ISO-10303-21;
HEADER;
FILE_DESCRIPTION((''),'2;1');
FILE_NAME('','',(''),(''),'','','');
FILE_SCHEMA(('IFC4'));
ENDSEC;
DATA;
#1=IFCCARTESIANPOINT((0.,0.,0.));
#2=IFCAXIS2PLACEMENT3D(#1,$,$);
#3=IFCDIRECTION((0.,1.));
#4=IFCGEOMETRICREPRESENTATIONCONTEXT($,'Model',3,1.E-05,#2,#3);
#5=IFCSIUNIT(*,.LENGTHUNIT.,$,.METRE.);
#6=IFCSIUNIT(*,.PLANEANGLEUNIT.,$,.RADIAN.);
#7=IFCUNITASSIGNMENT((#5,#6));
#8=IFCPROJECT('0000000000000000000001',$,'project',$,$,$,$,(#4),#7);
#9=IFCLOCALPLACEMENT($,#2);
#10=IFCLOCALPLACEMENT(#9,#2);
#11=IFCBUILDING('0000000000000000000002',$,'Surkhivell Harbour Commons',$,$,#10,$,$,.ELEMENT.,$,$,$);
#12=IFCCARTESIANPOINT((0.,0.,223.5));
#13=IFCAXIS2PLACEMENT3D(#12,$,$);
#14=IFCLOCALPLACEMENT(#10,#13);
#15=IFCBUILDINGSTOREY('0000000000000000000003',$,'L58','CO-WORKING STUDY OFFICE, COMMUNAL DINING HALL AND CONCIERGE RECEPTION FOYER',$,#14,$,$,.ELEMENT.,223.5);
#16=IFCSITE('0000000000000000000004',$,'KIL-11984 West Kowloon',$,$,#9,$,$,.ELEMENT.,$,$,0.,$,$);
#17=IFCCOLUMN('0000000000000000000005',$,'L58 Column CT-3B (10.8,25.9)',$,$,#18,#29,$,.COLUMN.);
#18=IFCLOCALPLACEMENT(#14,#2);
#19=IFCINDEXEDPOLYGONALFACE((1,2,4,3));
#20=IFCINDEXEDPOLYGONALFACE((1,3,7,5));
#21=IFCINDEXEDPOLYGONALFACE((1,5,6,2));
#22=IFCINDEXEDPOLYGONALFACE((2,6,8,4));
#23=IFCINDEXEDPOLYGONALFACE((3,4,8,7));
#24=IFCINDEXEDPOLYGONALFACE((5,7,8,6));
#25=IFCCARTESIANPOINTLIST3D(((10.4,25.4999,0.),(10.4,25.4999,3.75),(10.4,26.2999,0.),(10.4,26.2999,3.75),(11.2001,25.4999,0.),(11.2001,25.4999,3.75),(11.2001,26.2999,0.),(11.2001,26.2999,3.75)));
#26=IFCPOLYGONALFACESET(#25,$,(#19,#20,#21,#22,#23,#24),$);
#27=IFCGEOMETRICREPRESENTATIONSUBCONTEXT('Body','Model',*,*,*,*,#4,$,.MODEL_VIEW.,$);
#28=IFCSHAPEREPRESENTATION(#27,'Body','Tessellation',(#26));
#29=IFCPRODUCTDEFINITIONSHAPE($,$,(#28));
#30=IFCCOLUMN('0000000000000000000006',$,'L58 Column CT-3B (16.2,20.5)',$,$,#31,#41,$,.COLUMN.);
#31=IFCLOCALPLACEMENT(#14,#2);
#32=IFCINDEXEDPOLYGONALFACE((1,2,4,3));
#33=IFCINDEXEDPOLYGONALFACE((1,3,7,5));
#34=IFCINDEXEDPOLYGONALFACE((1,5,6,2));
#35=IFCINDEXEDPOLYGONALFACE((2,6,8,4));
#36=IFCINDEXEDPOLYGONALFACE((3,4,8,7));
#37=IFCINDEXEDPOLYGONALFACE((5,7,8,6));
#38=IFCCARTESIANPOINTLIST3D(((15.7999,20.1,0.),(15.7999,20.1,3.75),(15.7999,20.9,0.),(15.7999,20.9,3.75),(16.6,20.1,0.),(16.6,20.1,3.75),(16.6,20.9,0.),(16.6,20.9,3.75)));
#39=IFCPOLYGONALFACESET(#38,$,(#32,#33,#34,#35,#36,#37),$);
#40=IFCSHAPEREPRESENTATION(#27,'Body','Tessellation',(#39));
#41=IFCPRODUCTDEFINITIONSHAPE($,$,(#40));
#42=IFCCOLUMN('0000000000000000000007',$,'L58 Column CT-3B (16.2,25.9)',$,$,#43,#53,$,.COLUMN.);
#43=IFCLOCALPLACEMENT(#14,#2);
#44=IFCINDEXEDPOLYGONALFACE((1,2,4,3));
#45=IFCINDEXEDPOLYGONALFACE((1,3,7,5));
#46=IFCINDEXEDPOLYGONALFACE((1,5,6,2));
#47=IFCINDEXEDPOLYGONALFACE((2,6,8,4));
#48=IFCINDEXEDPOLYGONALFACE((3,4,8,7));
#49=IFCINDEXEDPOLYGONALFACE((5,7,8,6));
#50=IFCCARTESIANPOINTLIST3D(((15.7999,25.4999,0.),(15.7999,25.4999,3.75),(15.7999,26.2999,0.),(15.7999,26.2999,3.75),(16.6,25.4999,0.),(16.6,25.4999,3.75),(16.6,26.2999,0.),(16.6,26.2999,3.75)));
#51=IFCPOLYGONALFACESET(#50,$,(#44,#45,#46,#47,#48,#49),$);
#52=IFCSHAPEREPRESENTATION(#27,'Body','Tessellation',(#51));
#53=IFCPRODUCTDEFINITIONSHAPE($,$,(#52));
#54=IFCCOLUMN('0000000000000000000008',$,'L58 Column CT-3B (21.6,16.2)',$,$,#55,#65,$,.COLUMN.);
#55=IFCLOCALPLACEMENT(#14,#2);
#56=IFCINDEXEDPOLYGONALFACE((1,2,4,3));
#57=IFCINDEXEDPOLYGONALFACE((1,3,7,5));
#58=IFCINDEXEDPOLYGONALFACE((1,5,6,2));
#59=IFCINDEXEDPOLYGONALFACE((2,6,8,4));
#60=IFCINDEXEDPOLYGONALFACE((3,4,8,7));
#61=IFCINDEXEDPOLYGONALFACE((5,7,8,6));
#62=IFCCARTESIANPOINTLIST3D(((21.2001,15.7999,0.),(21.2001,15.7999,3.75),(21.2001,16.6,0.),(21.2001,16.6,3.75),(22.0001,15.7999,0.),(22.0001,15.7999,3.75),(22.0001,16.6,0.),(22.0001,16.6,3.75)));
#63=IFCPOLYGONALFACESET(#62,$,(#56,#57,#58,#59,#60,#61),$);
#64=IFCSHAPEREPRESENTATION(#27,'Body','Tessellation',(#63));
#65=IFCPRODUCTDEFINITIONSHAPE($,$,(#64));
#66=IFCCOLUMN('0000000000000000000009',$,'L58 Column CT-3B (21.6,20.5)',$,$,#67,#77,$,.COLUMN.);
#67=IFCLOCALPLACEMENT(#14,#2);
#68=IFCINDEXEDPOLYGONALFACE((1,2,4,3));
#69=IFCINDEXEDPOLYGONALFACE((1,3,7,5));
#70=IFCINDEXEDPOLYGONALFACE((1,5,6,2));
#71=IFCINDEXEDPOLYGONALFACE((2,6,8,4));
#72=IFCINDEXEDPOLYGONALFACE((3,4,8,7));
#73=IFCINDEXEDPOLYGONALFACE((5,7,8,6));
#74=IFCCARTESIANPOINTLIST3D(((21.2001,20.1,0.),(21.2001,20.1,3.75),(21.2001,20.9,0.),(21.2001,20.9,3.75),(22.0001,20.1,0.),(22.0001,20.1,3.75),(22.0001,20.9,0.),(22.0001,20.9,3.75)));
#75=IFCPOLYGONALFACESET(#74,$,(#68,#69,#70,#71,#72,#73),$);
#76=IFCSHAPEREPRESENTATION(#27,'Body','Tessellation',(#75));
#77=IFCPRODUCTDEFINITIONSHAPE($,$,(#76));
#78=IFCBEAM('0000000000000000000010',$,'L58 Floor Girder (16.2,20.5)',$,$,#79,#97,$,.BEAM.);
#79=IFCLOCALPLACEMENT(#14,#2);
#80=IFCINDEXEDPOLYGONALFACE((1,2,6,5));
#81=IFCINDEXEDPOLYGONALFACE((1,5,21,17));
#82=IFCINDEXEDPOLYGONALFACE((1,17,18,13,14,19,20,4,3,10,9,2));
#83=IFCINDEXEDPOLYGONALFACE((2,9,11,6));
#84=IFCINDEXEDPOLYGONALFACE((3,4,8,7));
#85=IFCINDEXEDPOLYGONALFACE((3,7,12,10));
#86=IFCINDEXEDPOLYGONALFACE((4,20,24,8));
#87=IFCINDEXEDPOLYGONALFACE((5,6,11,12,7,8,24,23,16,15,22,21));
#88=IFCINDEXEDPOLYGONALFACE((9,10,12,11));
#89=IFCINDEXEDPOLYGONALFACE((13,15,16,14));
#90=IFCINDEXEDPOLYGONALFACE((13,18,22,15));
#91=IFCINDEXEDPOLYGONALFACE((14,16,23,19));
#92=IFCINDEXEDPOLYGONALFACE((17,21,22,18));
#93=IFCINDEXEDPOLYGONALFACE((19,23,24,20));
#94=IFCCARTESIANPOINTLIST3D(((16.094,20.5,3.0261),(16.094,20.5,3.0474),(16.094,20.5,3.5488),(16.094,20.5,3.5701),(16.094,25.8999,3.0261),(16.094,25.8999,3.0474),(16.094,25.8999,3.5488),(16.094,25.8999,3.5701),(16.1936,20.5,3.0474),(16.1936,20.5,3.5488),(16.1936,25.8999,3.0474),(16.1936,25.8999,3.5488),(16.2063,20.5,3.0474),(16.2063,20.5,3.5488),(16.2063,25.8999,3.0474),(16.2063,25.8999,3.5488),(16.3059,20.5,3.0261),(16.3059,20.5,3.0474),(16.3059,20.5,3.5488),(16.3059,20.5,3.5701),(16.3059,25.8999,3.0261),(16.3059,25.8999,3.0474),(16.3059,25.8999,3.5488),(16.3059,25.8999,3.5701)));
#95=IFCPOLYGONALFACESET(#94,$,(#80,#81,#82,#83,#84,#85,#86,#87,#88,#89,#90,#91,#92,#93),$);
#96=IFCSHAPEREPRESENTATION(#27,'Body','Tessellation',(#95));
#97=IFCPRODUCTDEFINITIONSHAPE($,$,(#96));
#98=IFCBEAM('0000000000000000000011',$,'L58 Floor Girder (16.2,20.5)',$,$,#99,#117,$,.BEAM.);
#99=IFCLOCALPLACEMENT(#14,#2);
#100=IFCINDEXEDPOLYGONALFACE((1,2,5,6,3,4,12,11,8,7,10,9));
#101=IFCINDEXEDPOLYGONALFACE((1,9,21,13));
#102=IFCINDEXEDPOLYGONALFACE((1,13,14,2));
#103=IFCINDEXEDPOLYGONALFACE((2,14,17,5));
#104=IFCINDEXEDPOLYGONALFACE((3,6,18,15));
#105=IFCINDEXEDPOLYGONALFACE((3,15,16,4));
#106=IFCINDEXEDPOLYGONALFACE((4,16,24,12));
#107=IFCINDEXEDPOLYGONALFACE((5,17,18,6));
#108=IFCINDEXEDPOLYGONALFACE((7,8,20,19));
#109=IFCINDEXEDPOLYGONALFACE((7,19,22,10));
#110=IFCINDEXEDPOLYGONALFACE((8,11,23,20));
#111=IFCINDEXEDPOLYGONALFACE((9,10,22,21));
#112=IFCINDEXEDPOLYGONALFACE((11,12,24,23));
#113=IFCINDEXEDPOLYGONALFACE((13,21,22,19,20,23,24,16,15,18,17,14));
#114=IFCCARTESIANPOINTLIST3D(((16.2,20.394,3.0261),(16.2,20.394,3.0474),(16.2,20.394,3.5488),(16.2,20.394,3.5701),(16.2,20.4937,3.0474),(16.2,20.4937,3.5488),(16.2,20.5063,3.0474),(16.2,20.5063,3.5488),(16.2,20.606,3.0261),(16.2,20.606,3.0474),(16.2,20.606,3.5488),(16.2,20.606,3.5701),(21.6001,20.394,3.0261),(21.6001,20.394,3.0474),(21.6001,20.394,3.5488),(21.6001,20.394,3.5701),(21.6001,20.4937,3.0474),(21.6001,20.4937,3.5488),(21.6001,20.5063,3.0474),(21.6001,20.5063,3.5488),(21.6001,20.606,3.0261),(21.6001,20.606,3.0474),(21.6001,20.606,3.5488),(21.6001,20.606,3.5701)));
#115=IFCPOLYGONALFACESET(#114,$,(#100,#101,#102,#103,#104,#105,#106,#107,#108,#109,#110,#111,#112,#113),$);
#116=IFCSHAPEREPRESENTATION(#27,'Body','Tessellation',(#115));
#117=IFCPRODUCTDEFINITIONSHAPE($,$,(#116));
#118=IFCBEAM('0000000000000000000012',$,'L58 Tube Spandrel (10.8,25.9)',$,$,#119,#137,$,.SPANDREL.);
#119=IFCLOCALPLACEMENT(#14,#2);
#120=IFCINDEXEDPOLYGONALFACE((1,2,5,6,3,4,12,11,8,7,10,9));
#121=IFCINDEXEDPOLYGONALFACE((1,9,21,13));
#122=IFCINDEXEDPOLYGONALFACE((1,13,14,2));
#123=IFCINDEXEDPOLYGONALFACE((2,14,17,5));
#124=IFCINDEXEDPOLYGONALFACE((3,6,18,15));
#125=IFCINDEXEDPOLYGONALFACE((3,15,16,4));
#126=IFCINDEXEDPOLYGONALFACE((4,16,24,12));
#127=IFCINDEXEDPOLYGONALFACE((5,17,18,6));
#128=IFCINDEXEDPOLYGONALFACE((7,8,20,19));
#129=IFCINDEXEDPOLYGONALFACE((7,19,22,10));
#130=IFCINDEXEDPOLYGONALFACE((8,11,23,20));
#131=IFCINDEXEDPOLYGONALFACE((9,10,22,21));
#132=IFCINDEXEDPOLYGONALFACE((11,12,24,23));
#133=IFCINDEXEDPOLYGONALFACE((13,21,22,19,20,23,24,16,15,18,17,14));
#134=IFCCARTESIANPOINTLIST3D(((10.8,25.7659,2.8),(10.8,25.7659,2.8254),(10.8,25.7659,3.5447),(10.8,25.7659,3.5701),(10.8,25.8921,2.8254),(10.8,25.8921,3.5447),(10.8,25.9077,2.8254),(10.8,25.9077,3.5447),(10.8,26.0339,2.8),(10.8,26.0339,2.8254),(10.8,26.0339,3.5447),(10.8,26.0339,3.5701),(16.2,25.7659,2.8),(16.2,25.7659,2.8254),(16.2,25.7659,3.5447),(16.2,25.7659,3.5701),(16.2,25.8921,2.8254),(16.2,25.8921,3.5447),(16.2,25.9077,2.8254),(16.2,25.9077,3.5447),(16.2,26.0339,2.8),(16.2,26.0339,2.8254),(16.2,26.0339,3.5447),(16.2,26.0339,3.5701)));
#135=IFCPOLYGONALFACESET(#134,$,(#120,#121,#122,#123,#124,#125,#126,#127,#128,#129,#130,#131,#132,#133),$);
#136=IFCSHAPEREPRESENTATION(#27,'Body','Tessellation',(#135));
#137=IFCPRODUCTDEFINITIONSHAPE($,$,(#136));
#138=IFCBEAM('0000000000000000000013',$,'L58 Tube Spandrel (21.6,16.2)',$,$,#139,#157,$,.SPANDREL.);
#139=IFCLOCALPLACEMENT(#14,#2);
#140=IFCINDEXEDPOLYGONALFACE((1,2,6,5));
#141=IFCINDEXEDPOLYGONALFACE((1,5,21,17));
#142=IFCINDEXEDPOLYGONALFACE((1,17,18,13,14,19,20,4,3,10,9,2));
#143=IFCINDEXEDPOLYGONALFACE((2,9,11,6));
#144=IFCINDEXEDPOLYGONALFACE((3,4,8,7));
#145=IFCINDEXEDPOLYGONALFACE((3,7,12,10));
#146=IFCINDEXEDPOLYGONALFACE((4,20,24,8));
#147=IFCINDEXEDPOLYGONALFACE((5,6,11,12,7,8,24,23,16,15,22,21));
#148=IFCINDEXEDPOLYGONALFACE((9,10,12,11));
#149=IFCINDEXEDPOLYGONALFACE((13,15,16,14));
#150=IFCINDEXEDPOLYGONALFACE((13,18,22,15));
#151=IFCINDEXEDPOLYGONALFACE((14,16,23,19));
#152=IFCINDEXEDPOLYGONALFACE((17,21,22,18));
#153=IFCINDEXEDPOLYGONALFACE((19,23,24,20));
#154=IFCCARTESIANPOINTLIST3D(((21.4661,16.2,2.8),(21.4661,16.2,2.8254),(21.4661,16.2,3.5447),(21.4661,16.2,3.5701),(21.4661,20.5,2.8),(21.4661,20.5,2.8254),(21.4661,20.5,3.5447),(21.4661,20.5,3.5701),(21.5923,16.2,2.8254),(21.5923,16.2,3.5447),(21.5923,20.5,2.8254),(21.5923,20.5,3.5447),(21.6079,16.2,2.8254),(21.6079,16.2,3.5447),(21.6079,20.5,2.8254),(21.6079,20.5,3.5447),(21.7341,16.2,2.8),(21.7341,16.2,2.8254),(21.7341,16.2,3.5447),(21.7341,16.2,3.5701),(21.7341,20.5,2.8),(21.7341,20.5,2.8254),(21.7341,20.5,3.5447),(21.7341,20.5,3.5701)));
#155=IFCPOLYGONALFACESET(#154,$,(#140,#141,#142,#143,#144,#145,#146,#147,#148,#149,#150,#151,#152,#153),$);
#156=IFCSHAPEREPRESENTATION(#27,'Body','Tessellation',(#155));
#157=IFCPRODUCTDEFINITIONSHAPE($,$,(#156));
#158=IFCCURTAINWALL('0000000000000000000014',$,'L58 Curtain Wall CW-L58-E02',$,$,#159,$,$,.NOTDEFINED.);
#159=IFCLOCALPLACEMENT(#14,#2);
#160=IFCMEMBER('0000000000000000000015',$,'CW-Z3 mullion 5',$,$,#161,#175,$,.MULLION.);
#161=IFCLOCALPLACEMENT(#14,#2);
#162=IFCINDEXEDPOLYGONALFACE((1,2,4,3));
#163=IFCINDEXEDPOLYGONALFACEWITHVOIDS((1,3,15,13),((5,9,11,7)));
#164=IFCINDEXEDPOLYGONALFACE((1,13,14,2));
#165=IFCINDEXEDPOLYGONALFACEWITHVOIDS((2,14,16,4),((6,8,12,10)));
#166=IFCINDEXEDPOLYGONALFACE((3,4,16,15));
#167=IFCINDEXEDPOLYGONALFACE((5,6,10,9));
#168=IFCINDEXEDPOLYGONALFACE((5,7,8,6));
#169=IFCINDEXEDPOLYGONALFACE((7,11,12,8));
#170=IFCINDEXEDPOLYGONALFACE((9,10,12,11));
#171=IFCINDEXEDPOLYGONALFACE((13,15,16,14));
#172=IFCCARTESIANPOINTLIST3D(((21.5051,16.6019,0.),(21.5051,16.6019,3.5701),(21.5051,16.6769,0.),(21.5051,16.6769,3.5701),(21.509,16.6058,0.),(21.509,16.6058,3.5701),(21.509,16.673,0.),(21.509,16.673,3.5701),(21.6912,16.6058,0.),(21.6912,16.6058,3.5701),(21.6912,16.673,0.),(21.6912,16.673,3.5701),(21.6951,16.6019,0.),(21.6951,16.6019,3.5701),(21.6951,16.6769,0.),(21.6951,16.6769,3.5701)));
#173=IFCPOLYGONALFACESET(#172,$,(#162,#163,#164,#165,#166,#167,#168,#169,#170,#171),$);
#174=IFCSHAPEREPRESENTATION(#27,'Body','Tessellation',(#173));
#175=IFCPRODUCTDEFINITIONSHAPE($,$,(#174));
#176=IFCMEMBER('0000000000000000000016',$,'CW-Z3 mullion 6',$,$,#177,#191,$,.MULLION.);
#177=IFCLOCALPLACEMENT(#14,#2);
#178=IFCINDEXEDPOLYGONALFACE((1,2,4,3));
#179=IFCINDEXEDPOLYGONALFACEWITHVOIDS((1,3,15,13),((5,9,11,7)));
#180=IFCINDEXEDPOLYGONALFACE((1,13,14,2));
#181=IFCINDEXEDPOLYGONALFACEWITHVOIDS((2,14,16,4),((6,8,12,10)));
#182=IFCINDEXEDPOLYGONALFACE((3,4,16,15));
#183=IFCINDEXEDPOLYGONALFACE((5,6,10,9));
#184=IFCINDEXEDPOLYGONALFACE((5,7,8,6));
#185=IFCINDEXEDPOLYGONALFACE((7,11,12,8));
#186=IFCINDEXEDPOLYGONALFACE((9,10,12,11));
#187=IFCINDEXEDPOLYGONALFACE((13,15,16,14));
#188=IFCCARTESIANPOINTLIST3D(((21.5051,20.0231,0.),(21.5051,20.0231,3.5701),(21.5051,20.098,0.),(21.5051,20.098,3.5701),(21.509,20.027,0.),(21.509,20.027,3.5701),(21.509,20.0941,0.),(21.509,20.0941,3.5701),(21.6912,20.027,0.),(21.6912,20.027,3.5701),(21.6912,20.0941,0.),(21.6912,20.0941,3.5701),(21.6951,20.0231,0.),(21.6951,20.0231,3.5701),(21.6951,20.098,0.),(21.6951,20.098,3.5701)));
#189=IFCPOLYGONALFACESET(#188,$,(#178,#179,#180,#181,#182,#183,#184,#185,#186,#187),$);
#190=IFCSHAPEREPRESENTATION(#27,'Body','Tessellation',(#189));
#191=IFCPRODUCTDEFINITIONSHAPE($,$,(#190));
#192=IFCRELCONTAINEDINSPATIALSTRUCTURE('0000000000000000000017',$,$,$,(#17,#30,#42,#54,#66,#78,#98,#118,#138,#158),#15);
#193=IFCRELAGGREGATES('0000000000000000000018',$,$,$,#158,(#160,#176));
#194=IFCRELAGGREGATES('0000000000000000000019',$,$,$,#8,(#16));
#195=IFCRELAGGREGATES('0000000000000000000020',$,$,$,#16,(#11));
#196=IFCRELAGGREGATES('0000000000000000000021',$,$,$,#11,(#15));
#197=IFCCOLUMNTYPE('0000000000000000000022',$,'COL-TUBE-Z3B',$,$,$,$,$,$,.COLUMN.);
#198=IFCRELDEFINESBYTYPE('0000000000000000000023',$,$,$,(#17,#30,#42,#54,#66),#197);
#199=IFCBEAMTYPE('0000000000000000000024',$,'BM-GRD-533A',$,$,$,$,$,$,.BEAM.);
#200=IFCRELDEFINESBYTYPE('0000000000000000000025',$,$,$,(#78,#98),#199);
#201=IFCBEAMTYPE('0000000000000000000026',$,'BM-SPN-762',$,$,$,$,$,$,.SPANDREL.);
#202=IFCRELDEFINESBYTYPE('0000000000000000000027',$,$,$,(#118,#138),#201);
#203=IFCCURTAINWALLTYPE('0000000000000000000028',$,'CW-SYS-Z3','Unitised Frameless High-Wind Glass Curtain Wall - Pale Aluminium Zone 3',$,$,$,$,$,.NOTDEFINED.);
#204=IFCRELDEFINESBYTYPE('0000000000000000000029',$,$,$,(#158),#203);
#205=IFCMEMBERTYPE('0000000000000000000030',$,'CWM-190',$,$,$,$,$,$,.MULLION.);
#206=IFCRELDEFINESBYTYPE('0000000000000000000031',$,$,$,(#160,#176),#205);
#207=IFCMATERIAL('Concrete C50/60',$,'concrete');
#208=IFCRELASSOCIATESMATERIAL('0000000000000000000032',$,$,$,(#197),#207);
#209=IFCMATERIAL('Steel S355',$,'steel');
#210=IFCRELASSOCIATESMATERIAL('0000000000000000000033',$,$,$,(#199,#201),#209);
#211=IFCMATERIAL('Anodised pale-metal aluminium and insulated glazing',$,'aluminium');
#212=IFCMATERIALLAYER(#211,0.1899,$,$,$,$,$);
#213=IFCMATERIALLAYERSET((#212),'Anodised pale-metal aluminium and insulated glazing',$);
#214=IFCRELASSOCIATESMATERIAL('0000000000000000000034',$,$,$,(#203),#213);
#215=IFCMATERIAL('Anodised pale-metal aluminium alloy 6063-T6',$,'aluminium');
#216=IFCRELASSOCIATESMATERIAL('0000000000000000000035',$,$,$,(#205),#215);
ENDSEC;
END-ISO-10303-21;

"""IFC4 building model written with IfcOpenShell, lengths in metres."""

from ifc_helpers import new_model, si_unit, direction, frame, origin, origin_2d, place, context, subcontext, project, spatial, rectangle, hollow_rectangle, i_section, extrude, material, layer, layer_set, material_profile, profile_set, type_object, element, aggregate, save


model = new_model("IFC4")

# Units and contexts
model_context = context("Model", 3, precision=1e-05, world=origin(), true_north=direction((0.0, 1.0)))
body_context = subcontext(model_context, "Body", "Model", "MODEL_VIEW")
ifc_project = project(units=[si_unit("LENGTHUNIT", "METRE"), si_unit("PLANEANGLEUNIT", "RADIAN")], contexts=[model_context])

# Site, building, storey
site_placement = place(None, origin())
site = spatial("IfcSite", under=ifc_project, at=site_placement, Name="KIL-11984 West Kowloon", CompositionType="ELEMENT", RefElevation=0.0)
building_placement = place(site_placement, origin())
building = spatial("IfcBuilding", under=site, at=building_placement, Name="Surkhivell Harbour Commons", CompositionType="ELEMENT")
storey_placement = place(building_placement, frame((0.0, 0.0, 223.5)))
storey = spatial("IfcBuildingStorey", under=building, at=storey_placement, Name="L58", Description="CO-WORKING STUDY OFFICE, COMMUNAL DINING HALL AND CONCIERGE RECEPTION FOYER", CompositionType="ELEMENT", Elevation=223.5)

# Columns
ifc_material_1 = material(Name="Concrete C50/60", Category="concrete")
ifc_material_profile_1 = material_profile(ifc_material_1, rectangle(XDim=0.8, YDim=0.8, at=origin_2d()), Name="RC-COL-800x800")
ifc_profile_set_1 = profile_set([ifc_material_profile_1], Name="Concrete C50/60")
column_type = type_object("IfcColumnType", Name="COL-TUBE-Z3B", PredefinedType="COLUMN", material=ifc_profile_set_1)
for number, where, z_axis, x_axis, name in (
    (1, (10.8, 25.8999, 0.0), (0.0, 0.0, 1.0), (1.0, 0.0, 0.0), "L58 Column CT-3B (10.8,25.9)"),
    (2, (16.2, 20.5, 0.0), (0.0, 0.0, 1.0), (1.0, 0.0, 0.0), "L58 Column CT-3B (16.2,20.5)"),
    (3, (16.2, 25.8999, 0.0), (0.0, 0.0, 1.0), (1.0, 0.0, 0.0), "L58 Column CT-3B (16.2,25.9)"),
    (4, (21.6001, 16.2, 0.0), (0.0, 0.0, 1.0), (1.0, 0.0, 0.0), "L58 Column CT-3B (21.6,16.2)"),
    (5, (21.6001, 20.5, 0.0), (0.0, 0.0, 1.0), (1.0, 0.0, 0.0), "L58 Column CT-3B (21.6,20.5)"),
):
    element("IfcColumn", number, at=place(storey_placement, frame(where, z_axis=z_axis, x_axis=x_axis)), inside=storey, type_object=column_type, Name=name, PredefinedType="COLUMN", context=body_context, shape_type="SweptSolid", body=[
        extrude(rectangle(XDim=0.8, YDim=0.8, at=origin_2d()), origin(), (0.0, 0.0, 1.0), 3.75),
    ])

# Beams
ifc_material_2 = material(Name="Steel S355", Category="steel")
ifc_material_profile_2 = material_profile(ifc_material_2, i_section(OverallWidth=0.2119, OverallDepth=0.5439, WebThickness=0.0127, FlangeThickness=0.0212, at=origin_2d()), Name="UB533x210x122")
ifc_profile_set_2 = profile_set([ifc_material_profile_2], Name="Steel S355")
beam_type_1 = type_object("IfcBeamType", Name="BM-GRD-533A", PredefinedType="BEAM", material=ifc_profile_set_2)
beam_1_placement = place(storey_placement, frame((16.2, 20.5, 3.2981), z_axis=(0.0, 1.0, 0.0), x_axis=(-1.0, 0.0, 0.0)))
element("IfcBeam", 6, at=beam_1_placement, inside=storey, type_object=beam_type_1, Name="L58 Floor Girder (16.2,20.5)", PredefinedType="BEAM", context=body_context, shape_type="SweptSolid", body=[
    extrude(i_section(OverallWidth=0.2119, OverallDepth=0.5439, WebThickness=0.0127, FlangeThickness=0.0212, at=origin_2d()), origin(), (0.0, 0.0, 1.0), 5.3999),
])
beam_2_placement = place(storey_placement, frame((16.2, 20.5, 3.2981), z_axis=(1.0, 0.0, 0.0), x_axis=(0.0, 1.0, 0.0)))
element("IfcBeam", 7, at=beam_2_placement, inside=storey, type_object=beam_type_1, Name="L58 Floor Girder (16.2,20.5)", PredefinedType="BEAM", context=body_context, shape_type="SweptSolid", body=[
    extrude(i_section(OverallWidth=0.2119, OverallDepth=0.5439, WebThickness=0.0127, FlangeThickness=0.0212, at=origin_2d()), origin(), (0.0, 0.0, 1.0), 5.4001),
])
ifc_material_profile_3 = material_profile(ifc_material_2, i_section(OverallWidth=0.2681, OverallDepth=0.77, WebThickness=0.0156, FlangeThickness=0.0254, at=origin_2d()), Name="UB762x267x197")
ifc_profile_set_3 = profile_set([ifc_material_profile_3], Name="Steel S355")
beam_type_2 = type_object("IfcBeamType", Name="BM-SPN-762", PredefinedType="SPANDREL", material=ifc_profile_set_3)
beam_3_placement = place(storey_placement, frame((10.8, 25.8999, 3.1851), z_axis=(1.0, 0.0, 0.0), x_axis=(0.0, 1.0, 0.0)))
element("IfcBeam", 8, at=beam_3_placement, inside=storey, type_object=beam_type_2, Name="L58 Tube Spandrel (10.8,25.9)", PredefinedType="SPANDREL", context=body_context, shape_type="SweptSolid", body=[
    extrude(i_section(OverallWidth=0.2681, OverallDepth=0.77, WebThickness=0.0156, FlangeThickness=0.0254, at=origin_2d()), origin(), (0.0, 0.0, 1.0), 5.3999),
])
beam_4_placement = place(storey_placement, frame((21.6001, 16.2, 3.1851), z_axis=(0.0, 1.0, 0.0), x_axis=(-1.0, 0.0, 0.0)))
element("IfcBeam", 9, at=beam_4_placement, inside=storey, type_object=beam_type_2, Name="L58 Tube Spandrel (21.6,16.2)", PredefinedType="SPANDREL", context=body_context, shape_type="SweptSolid", body=[
    extrude(i_section(OverallWidth=0.2681, OverallDepth=0.77, WebThickness=0.0156, FlangeThickness=0.0254, at=origin_2d()), origin(), (0.0, 0.0, 1.0), 4.3),
])

# Curtain wall, members
ifc_material_3 = material(Name="Anodised pale-metal aluminium and insulated glazing", Category="aluminium")
ifc_layer_1 = layer(ifc_material_3, 0.1899)
ifc_layer_set_1 = layer_set([ifc_layer_1], Name="Anodised pale-metal aluminium and insulated glazing")
curtain_wall_type = type_object("IfcCurtainWallType", Name="CW-SYS-Z3", Description="Unitised Frameless High-Wind Glass Curtain Wall - Pale Aluminium Zone 3", PredefinedType="NOTDEFINED", material=ifc_layer_set_1)
curtain_wall_1_placement = place(storey_placement, origin())
curtain_wall_1 = element("IfcCurtainWall", 10, at=curtain_wall_1_placement, inside=storey, type_object=curtain_wall_type, Name="L58 Curtain Wall CW-L58-E02", PredefinedType="NOTDEFINED")
ifc_material_4 = material(Name="Anodised pale-metal aluminium alloy 6063-T6", Category="aluminium")
ifc_material_profile_4 = material_profile(ifc_material_4, hollow_rectangle(XDim=0.075, YDim=0.1899, WallThickness=0.0039, at=origin_2d()), Name="ALU-MULL-75x190")
ifc_profile_set_4 = profile_set([ifc_material_profile_4], Name="Anodised pale-metal aluminium alloy 6063-T6")
member_type_1 = type_object("IfcMemberType", Name="CWM-190", PredefinedType="MULLION", material=ifc_profile_set_4)
member_1_placement = place(storey_placement, frame((21.6001, 16.6394, 0.0), z_axis=(0.0, 0.0, 1.0), x_axis=(0.0, 1.0, 0.0)))
member_1 = element("IfcMember", 11, at=member_1_placement, type_object=member_type_1, Name="CW-Z3 mullion 5", PredefinedType="MULLION", context=body_context, shape_type="SweptSolid", body=[
    extrude(hollow_rectangle(XDim=0.075, YDim=0.1899, WallThickness=0.0039, at=origin_2d()), origin(), (0.0, 0.0, 1.0), 3.5701),
])
member_2_placement = place(storey_placement, frame((21.6001, 20.0605, 0.0), z_axis=(0.0, 0.0, 1.0), x_axis=(0.0, 1.0, 0.0)))
member_2 = element("IfcMember", 12, at=member_2_placement, type_object=member_type_1, Name="CW-Z3 mullion 6", PredefinedType="MULLION", context=body_context, shape_type="SweptSolid", body=[
    extrude(hollow_rectangle(XDim=0.075, YDim=0.1899, WallThickness=0.0039, at=origin_2d()), origin(), (0.0, 0.0, 1.0), 3.5701),
])

aggregate(curtain_wall_1, [member_1, member_2])

save(model, "model.ifc")
